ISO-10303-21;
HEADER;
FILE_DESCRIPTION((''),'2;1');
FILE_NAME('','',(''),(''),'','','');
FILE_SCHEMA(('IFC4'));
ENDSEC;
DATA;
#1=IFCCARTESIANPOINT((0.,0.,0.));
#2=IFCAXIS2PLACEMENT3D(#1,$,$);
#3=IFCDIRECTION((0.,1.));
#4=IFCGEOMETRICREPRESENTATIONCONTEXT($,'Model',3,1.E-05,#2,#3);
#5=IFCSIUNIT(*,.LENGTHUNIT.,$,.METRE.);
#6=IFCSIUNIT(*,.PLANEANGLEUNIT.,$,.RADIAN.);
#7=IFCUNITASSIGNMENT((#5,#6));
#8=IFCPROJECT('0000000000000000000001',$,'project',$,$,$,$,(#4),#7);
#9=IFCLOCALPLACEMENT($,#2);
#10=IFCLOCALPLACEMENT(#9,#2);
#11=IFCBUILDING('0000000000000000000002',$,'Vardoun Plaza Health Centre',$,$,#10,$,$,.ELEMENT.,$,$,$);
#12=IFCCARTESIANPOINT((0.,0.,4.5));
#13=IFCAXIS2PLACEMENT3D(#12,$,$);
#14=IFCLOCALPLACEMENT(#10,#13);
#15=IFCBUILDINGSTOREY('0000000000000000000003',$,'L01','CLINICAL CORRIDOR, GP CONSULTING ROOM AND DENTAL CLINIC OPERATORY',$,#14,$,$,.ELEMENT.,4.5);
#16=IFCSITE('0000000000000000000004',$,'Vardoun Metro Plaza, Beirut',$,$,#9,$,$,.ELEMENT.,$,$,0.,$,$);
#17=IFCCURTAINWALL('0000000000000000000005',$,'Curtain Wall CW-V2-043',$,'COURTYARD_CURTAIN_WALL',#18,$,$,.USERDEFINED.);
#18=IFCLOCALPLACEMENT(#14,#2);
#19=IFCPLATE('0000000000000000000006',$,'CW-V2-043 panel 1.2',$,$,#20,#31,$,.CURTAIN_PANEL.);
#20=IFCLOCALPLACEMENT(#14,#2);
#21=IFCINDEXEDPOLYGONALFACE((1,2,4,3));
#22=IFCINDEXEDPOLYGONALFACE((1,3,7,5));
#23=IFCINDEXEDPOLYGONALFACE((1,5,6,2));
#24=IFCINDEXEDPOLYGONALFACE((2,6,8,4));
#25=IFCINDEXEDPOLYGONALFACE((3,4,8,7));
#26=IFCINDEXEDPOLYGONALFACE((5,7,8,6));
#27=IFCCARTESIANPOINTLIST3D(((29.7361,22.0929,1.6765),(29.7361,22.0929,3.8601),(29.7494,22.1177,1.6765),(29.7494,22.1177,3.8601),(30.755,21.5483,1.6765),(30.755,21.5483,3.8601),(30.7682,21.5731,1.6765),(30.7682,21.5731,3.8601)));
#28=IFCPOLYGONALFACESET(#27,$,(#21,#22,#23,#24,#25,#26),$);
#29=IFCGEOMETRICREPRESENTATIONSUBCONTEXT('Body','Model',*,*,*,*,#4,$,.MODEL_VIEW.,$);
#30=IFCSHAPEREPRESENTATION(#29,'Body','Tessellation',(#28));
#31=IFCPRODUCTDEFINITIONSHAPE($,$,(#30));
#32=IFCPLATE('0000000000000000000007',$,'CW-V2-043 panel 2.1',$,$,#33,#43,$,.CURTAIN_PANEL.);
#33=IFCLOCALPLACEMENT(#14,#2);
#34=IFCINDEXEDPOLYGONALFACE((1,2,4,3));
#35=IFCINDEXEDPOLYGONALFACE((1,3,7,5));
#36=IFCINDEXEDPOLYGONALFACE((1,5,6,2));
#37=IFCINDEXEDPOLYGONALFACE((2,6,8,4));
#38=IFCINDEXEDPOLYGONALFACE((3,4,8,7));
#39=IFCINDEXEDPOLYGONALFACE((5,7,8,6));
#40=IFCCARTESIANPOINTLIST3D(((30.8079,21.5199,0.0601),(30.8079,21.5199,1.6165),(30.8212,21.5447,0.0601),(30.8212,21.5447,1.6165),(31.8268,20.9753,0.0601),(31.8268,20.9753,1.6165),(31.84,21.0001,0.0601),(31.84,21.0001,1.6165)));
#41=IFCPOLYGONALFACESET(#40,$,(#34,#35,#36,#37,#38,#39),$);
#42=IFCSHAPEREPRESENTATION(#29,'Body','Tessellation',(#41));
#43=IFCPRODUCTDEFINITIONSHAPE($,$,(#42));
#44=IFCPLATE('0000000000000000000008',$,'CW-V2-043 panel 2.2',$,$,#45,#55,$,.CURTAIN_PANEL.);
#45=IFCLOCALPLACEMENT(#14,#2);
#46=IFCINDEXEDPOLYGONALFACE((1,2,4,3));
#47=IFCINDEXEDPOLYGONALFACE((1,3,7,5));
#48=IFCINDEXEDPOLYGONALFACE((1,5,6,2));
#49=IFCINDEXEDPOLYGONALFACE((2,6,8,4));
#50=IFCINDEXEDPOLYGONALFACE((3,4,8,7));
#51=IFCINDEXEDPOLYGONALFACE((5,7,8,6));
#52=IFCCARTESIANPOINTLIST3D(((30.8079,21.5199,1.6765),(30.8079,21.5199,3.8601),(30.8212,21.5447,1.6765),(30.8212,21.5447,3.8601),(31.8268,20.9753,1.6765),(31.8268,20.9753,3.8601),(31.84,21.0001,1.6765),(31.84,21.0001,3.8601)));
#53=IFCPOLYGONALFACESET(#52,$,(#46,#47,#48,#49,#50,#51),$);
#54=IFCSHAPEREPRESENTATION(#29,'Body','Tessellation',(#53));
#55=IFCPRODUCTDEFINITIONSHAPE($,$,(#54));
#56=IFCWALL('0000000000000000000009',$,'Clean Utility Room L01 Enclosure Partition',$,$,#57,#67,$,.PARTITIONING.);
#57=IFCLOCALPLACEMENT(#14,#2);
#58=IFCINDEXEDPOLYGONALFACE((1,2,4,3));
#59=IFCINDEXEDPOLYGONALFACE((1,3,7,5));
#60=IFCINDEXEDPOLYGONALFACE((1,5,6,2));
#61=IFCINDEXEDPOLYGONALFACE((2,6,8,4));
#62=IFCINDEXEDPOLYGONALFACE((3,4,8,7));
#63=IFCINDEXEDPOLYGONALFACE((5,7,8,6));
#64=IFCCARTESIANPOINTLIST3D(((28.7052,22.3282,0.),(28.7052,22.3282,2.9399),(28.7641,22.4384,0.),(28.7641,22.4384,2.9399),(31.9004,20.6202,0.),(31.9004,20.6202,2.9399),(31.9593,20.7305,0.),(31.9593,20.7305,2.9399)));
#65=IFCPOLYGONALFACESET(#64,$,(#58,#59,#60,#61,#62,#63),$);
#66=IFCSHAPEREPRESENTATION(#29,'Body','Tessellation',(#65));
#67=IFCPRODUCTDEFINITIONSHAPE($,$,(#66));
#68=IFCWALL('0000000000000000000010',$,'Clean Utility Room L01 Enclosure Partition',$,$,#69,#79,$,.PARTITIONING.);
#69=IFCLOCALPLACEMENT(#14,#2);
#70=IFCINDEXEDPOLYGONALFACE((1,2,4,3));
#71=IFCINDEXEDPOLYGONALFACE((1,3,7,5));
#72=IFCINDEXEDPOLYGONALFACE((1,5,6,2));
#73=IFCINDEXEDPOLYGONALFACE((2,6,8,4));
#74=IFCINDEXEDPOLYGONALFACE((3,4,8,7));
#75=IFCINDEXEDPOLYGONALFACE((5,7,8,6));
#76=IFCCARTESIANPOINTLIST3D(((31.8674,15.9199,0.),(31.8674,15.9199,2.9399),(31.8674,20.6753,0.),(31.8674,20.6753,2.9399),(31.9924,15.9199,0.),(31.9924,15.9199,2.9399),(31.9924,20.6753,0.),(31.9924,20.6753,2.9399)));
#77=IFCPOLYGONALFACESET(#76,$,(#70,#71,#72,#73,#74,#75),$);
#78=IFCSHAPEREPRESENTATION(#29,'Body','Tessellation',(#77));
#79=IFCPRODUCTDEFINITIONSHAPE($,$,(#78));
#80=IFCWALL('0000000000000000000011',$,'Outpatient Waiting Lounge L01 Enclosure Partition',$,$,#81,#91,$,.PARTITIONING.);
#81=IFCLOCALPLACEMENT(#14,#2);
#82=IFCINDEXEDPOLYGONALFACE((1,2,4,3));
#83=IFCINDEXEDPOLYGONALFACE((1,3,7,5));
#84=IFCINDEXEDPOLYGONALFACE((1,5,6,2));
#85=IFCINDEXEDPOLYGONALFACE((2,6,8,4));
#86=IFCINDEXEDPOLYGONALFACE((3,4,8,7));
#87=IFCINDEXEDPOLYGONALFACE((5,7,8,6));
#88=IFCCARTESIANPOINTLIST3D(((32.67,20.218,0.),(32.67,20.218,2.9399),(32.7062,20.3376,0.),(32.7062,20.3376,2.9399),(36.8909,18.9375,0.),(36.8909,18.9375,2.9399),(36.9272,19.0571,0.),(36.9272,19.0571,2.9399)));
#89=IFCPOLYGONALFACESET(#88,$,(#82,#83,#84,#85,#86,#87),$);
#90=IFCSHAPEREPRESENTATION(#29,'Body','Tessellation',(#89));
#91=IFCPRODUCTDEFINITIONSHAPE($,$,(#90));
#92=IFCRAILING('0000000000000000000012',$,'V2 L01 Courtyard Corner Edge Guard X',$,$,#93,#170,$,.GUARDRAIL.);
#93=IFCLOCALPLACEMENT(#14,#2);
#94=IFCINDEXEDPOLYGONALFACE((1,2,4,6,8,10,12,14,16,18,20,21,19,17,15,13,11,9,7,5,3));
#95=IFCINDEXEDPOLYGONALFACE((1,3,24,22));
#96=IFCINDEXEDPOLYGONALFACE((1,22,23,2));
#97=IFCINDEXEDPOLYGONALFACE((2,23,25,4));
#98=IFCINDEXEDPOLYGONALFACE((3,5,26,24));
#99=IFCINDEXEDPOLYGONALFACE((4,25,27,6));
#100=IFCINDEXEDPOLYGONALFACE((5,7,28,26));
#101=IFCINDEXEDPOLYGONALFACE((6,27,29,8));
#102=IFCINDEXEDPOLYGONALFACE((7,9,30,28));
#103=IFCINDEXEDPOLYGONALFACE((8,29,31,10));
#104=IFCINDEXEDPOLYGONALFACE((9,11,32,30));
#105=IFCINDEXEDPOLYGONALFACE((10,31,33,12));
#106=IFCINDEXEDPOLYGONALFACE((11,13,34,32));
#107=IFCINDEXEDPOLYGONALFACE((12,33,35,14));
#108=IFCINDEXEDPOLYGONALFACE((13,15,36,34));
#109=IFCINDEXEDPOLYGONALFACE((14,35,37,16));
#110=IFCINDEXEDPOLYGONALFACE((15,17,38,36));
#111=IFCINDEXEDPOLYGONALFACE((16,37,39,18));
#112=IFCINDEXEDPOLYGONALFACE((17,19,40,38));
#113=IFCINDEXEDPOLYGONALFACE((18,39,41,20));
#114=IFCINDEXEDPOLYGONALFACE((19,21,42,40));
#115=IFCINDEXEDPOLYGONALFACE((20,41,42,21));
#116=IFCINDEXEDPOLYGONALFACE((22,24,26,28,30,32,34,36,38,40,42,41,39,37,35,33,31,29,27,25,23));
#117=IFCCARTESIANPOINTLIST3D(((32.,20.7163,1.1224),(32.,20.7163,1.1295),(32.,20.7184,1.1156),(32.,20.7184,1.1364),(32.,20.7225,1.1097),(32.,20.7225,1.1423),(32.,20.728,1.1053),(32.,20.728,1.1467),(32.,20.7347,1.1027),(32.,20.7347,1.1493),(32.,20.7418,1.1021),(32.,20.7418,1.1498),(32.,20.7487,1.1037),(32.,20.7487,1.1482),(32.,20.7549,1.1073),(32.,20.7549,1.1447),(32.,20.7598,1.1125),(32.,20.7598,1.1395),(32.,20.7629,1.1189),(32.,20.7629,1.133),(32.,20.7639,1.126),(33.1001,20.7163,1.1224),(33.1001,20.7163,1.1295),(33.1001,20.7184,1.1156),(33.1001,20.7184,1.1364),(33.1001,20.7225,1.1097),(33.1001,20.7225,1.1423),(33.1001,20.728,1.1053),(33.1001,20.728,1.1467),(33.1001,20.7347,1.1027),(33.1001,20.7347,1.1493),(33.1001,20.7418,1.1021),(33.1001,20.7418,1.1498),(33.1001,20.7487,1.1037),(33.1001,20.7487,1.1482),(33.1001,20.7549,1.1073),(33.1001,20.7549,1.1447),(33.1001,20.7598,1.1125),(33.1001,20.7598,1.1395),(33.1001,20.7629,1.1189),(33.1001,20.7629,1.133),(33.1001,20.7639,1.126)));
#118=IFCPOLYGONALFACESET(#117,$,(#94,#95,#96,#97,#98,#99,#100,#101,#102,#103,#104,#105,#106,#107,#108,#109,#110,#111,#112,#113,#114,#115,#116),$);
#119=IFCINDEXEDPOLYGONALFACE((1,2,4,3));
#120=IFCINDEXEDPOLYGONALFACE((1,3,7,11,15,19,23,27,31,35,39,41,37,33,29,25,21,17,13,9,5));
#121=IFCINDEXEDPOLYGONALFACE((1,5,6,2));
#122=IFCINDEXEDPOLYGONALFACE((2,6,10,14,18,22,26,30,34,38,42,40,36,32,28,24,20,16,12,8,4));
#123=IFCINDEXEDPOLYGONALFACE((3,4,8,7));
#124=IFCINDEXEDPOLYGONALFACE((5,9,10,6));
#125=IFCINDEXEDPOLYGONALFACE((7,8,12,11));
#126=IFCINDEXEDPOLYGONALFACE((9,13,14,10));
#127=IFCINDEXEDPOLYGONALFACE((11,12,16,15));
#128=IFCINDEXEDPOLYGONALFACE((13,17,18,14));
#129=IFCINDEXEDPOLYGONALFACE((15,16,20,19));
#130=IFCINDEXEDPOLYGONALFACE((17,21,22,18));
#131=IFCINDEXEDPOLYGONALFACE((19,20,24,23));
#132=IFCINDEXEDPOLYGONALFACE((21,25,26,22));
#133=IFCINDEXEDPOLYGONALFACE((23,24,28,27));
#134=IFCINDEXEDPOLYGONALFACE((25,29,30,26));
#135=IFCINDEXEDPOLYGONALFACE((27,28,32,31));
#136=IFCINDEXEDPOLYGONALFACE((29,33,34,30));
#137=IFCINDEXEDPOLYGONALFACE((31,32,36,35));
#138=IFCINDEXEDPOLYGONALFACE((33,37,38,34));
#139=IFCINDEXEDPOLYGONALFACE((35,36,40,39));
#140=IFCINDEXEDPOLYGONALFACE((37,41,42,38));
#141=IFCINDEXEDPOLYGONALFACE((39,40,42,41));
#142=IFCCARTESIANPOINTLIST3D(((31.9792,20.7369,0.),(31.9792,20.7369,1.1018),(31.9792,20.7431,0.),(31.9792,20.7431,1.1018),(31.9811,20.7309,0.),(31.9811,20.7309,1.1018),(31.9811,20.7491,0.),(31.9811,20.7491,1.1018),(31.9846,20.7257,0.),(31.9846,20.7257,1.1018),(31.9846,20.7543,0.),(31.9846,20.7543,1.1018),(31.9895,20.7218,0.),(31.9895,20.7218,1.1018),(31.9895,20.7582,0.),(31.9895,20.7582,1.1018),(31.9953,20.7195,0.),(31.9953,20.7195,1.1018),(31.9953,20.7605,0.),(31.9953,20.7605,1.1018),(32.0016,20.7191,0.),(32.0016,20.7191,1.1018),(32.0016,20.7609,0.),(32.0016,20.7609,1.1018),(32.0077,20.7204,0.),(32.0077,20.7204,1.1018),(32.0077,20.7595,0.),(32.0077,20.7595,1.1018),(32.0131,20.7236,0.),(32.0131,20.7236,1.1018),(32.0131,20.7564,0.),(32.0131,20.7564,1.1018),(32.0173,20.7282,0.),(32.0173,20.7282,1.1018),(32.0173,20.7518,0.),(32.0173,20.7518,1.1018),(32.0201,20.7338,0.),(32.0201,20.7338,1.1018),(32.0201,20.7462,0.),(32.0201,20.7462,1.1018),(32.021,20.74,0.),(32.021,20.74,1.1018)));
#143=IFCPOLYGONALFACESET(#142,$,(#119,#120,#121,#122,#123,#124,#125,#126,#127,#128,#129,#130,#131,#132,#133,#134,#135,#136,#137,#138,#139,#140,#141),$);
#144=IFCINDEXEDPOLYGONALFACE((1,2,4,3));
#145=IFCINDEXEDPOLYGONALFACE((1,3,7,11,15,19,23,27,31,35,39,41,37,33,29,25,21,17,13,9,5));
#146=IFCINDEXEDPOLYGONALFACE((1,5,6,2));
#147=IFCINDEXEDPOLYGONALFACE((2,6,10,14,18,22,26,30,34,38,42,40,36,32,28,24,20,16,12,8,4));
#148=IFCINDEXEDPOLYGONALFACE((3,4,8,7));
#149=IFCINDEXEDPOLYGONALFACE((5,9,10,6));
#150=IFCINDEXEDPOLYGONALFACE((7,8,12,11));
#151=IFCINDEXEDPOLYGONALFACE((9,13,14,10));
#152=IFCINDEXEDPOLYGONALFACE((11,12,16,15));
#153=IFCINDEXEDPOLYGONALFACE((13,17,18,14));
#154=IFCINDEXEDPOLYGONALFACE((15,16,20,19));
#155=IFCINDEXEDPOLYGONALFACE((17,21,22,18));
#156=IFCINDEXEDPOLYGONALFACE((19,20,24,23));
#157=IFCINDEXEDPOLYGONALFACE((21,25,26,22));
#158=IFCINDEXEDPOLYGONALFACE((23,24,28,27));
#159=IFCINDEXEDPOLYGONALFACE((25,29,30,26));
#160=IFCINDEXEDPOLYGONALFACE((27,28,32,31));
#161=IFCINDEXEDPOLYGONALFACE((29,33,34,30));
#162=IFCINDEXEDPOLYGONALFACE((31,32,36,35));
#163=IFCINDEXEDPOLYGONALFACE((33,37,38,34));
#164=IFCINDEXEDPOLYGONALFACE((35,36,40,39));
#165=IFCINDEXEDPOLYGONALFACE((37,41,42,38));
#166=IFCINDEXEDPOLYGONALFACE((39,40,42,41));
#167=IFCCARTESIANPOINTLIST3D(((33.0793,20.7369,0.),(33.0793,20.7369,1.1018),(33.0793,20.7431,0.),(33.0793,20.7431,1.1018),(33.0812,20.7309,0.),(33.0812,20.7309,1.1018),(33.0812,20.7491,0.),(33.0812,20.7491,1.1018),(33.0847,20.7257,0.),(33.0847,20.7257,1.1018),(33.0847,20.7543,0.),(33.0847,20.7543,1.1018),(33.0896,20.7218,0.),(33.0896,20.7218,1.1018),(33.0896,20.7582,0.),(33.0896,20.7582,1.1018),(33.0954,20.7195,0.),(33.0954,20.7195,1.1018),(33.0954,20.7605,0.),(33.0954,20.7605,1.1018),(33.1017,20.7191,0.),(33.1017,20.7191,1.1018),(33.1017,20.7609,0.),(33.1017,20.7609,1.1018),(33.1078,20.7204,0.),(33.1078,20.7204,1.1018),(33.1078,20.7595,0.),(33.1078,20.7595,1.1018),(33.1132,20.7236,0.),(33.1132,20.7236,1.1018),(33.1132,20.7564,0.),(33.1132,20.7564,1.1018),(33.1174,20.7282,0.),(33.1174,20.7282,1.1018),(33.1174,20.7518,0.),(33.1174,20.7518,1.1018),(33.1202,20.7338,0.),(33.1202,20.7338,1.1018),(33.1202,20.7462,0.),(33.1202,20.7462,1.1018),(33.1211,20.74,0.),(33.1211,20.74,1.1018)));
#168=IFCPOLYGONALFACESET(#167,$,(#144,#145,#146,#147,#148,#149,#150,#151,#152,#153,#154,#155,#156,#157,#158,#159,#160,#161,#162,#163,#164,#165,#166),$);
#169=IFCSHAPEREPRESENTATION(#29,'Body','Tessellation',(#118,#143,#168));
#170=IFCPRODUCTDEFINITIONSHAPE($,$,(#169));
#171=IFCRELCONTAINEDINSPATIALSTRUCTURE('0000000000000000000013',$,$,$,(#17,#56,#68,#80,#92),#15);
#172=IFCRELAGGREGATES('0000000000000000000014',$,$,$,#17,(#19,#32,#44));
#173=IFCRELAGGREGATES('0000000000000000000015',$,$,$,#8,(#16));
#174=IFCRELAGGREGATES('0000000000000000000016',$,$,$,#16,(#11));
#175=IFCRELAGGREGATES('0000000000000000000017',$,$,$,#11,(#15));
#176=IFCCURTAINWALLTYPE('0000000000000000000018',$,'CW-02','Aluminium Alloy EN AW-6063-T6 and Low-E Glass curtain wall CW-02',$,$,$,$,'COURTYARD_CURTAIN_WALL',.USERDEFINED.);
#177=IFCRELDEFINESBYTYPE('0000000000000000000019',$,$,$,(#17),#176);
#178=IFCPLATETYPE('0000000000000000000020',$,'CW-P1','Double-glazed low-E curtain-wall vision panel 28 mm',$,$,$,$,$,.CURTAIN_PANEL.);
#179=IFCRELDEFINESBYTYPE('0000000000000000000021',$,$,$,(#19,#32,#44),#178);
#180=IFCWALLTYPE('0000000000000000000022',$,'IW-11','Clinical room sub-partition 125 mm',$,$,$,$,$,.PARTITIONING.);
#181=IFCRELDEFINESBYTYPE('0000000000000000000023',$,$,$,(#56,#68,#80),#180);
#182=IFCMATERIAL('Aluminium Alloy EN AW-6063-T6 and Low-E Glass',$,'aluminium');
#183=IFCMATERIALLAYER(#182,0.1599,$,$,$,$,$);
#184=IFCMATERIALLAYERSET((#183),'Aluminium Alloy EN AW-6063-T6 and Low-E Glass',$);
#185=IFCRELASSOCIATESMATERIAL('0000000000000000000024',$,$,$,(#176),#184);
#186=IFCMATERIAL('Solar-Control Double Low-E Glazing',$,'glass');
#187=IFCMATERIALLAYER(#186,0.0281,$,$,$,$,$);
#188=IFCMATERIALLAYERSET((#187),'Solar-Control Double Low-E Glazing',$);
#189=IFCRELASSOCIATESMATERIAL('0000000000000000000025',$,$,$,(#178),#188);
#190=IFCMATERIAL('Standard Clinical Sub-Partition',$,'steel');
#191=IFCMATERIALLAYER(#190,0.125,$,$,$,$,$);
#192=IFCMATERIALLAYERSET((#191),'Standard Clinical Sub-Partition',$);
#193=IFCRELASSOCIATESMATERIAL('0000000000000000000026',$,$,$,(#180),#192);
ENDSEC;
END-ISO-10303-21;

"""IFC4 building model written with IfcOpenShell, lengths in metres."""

from ifc_helpers import new_model, si_unit, direction, frame, frame_2d, origin, origin_2d, place, context, subcontext, project, spatial, rectangle, circle, extrude, material, layer, layer_set, type_object, element, aggregate, save


model = new_model("IFC4")

# Units and contexts
model_context = context("Model", 3, precision=1e-05, world=origin(), true_north=direction((0.0, 1.0)))
body_context = subcontext(model_context, "Body", "Model", "MODEL_VIEW")
ifc_project = project(units=[si_unit("LENGTHUNIT", "METRE"), si_unit("PLANEANGLEUNIT", "RADIAN")], contexts=[model_context])

# Site, building, storey
site_placement = place(None, origin())
site = spatial("IfcSite", under=ifc_project, at=site_placement, Name="Vardoun Metro Plaza, Beirut", CompositionType="ELEMENT", RefElevation=0.0)
building_placement = place(site_placement, origin())
building = spatial("IfcBuilding", under=site, at=building_placement, Name="Vardoun Plaza Health Centre", CompositionType="ELEMENT")
storey_placement = place(building_placement, frame((0.0, 0.0, 4.5)))
storey = spatial("IfcBuildingStorey", under=building, at=storey_placement, Name="L01", Description="CLINICAL CORRIDOR, GP CONSULTING ROOM AND DENTAL CLINIC OPERATORY", CompositionType="ELEMENT", Elevation=4.5)

# Curtain wall
ifc_material_1 = material(Name="Aluminium Alloy EN AW-6063-T6 and Low-E Glass", Category="aluminium")
ifc_layer_1 = layer(ifc_material_1, 0.1599)
ifc_layer_set_1 = layer_set([ifc_layer_1], Name="Aluminium Alloy EN AW-6063-T6 and Low-E Glass")
curtain_wall_type = type_object("IfcCurtainWallType", Name="CW-02", Description="Aluminium Alloy EN AW-6063-T6 and Low-E Glass curtain wall CW-02", ElementType="COURTYARD_CURTAIN_WALL", PredefinedType="USERDEFINED", material=ifc_layer_set_1)
curtain_wall_1_placement = place(storey_placement, origin())
curtain_wall_1 = element("IfcCurtainWall", 1, at=curtain_wall_1_placement, inside=storey, type_object=curtain_wall_type, Name="Curtain Wall CW-V2-043", ObjectType="COURTYARD_CURTAIN_WALL", PredefinedType="USERDEFINED")

# Plates
ifc_material_2 = material(Name="Solar-Control Double Low-E Glazing", Category="glass")
ifc_layer_2 = layer(ifc_material_2, 0.0281)
ifc_layer_set_2 = layer_set([ifc_layer_2], Name="Solar-Control Double Low-E Glazing")
plate_type = type_object("IfcPlateType", Name="CW-P1", Description="Double-glazed low-E curtain-wall vision panel 28 mm", PredefinedType="CURTAIN_PANEL", material=ifc_layer_set_2)
plate_1_placement = place(storey_placement, frame((30.2522, 21.833, 1.6765), z_axis=(0.0, 0.0, 1.0), x_axis=(0.881922, -0.471395, 0.0)))
plate_1 = element("IfcPlate", 2, at=plate_1_placement, type_object=plate_type, Name="CW-V2-043 panel 1.2", PredefinedType="CURTAIN_PANEL", context=body_context, shape_type="SweptSolid", body=[
    extrude(rectangle(XDim=1.1553, YDim=0.0281, at=origin_2d()), origin(), (0.0, 0.0, 1.0), 2.1836),
])
plate_2_placement = place(storey_placement, frame((31.324, 21.26, 0.0601), z_axis=(0.0, 0.0, 1.0), x_axis=(0.881922, -0.471395, 0.0)))
plate_2 = element("IfcPlate", 3, at=plate_2_placement, type_object=plate_type, Name="CW-V2-043 panel 2.1", PredefinedType="CURTAIN_PANEL", context=body_context, shape_type="SweptSolid", body=[
    extrude(rectangle(XDim=1.1553, YDim=0.0281, at=origin_2d()), origin(), (0.0, 0.0, 1.0), 1.5564),
])
plate_3_placement = place(storey_placement, frame((31.324, 21.26, 1.6765), z_axis=(0.0, 0.0, 1.0), x_axis=(0.881922, -0.471395, 0.0)))
plate_3 = element("IfcPlate", 4, at=plate_3_placement, type_object=plate_type, Name="CW-V2-043 panel 2.2", PredefinedType="CURTAIN_PANEL", context=body_context, shape_type="SweptSolid", body=[
    extrude(rectangle(XDim=1.1553, YDim=0.0281, at=origin_2d()), origin(), (0.0, 0.0, 1.0), 2.1836),
])
aggregate(curtain_wall_1, [plate_1, plate_2, plate_3])

# Walls
ifc_material_3 = material(Name="Standard Clinical Sub-Partition", Category="steel")
ifc_layer_3 = layer(ifc_material_3, 0.125)
ifc_layer_set_3 = layer_set([ifc_layer_3], Name="Standard Clinical Sub-Partition")
wall_type = type_object("IfcWallType", Name="IW-11", Description="Clinical room sub-partition 125 mm", PredefinedType="PARTITIONING", material=ifc_layer_set_3)
wall_1_placement = place(storey_placement, frame((28.7346, 22.3833, 0.0), z_axis=(0.0, 0.0, 1.0), x_axis=(0.881912, -0.471413, 0.0)))
element("IfcWall", 5, at=wall_1_placement, inside=storey, type_object=wall_type, Name="Clean Utility Room L01 Enclosure Partition", PredefinedType="PARTITIONING", context=body_context, shape_type="SweptSolid", body=[
    extrude(rectangle(XDim=3.623, YDim=0.125, at=frame_2d((1.8115, 0.0))), origin(), (0.0, 0.0, 1.0), 2.9399),
])
wall_2_placement = place(storey_placement, frame((31.9299, 20.6753, 0.0), z_axis=(0.0, 0.0, 1.0), x_axis=(0.0, -1.0, 0.0)))
element("IfcWall", 6, at=wall_2_placement, inside=storey, type_object=wall_type, Name="Clean Utility Room L01 Enclosure Partition", PredefinedType="PARTITIONING", context=body_context, shape_type="SweptSolid", body=[
    extrude(rectangle(XDim=4.7554, YDim=0.125, at=frame_2d((2.3777, 0.0))), origin(), (0.0, 0.0, 1.0), 2.9399),
])
wall_3_placement = place(storey_placement, frame((32.688, 20.2778, 0.0), z_axis=(0.0, 0.0, 1.0), x_axis=(0.956934, -0.290307, 0.0)))
element("IfcWall", 7, at=wall_3_placement, inside=storey, type_object=wall_type, Name="Outpatient Waiting Lounge L01 Enclosure Partition", PredefinedType="PARTITIONING", context=body_context, shape_type="SweptSolid", body=[
    extrude(rectangle(XDim=4.4109, YDim=0.125, at=frame_2d((2.2056, 0.0))), origin(), (0.0, 0.0, 1.0), 2.9399),
])

# Railing
railing_1_placement = place(storey_placement, frame((32.0, 20.74, 0.0)))
element("IfcRailing", 8, at=railing_1_placement, inside=storey, Name="V2 L01 Courtyard Corner Edge Guard X", PredefinedType="GUARDRAIL", context=body_context, shape_type="SweptSolid", body=[
    extrude(circle(Radius=0.0239, at=origin_2d()), frame((0.0, 0.0, 1.126), z_axis=(1.0, 0.0, 0.0), x_axis=(0.0, 1.0, 0.0)), (0.0, 0.0, 1.0), 1.1001),
    extrude(circle(Radius=0.021, at=origin_2d()), origin(), (0.0, 0.0, 1.0), 1.1018),
    extrude(circle(Radius=0.021, at=origin_2d()), frame((1.1001, 0.0, 0.0)), (0.0, 0.0, 1.0), 1.1018),
])

save(model, "model.ifc")
